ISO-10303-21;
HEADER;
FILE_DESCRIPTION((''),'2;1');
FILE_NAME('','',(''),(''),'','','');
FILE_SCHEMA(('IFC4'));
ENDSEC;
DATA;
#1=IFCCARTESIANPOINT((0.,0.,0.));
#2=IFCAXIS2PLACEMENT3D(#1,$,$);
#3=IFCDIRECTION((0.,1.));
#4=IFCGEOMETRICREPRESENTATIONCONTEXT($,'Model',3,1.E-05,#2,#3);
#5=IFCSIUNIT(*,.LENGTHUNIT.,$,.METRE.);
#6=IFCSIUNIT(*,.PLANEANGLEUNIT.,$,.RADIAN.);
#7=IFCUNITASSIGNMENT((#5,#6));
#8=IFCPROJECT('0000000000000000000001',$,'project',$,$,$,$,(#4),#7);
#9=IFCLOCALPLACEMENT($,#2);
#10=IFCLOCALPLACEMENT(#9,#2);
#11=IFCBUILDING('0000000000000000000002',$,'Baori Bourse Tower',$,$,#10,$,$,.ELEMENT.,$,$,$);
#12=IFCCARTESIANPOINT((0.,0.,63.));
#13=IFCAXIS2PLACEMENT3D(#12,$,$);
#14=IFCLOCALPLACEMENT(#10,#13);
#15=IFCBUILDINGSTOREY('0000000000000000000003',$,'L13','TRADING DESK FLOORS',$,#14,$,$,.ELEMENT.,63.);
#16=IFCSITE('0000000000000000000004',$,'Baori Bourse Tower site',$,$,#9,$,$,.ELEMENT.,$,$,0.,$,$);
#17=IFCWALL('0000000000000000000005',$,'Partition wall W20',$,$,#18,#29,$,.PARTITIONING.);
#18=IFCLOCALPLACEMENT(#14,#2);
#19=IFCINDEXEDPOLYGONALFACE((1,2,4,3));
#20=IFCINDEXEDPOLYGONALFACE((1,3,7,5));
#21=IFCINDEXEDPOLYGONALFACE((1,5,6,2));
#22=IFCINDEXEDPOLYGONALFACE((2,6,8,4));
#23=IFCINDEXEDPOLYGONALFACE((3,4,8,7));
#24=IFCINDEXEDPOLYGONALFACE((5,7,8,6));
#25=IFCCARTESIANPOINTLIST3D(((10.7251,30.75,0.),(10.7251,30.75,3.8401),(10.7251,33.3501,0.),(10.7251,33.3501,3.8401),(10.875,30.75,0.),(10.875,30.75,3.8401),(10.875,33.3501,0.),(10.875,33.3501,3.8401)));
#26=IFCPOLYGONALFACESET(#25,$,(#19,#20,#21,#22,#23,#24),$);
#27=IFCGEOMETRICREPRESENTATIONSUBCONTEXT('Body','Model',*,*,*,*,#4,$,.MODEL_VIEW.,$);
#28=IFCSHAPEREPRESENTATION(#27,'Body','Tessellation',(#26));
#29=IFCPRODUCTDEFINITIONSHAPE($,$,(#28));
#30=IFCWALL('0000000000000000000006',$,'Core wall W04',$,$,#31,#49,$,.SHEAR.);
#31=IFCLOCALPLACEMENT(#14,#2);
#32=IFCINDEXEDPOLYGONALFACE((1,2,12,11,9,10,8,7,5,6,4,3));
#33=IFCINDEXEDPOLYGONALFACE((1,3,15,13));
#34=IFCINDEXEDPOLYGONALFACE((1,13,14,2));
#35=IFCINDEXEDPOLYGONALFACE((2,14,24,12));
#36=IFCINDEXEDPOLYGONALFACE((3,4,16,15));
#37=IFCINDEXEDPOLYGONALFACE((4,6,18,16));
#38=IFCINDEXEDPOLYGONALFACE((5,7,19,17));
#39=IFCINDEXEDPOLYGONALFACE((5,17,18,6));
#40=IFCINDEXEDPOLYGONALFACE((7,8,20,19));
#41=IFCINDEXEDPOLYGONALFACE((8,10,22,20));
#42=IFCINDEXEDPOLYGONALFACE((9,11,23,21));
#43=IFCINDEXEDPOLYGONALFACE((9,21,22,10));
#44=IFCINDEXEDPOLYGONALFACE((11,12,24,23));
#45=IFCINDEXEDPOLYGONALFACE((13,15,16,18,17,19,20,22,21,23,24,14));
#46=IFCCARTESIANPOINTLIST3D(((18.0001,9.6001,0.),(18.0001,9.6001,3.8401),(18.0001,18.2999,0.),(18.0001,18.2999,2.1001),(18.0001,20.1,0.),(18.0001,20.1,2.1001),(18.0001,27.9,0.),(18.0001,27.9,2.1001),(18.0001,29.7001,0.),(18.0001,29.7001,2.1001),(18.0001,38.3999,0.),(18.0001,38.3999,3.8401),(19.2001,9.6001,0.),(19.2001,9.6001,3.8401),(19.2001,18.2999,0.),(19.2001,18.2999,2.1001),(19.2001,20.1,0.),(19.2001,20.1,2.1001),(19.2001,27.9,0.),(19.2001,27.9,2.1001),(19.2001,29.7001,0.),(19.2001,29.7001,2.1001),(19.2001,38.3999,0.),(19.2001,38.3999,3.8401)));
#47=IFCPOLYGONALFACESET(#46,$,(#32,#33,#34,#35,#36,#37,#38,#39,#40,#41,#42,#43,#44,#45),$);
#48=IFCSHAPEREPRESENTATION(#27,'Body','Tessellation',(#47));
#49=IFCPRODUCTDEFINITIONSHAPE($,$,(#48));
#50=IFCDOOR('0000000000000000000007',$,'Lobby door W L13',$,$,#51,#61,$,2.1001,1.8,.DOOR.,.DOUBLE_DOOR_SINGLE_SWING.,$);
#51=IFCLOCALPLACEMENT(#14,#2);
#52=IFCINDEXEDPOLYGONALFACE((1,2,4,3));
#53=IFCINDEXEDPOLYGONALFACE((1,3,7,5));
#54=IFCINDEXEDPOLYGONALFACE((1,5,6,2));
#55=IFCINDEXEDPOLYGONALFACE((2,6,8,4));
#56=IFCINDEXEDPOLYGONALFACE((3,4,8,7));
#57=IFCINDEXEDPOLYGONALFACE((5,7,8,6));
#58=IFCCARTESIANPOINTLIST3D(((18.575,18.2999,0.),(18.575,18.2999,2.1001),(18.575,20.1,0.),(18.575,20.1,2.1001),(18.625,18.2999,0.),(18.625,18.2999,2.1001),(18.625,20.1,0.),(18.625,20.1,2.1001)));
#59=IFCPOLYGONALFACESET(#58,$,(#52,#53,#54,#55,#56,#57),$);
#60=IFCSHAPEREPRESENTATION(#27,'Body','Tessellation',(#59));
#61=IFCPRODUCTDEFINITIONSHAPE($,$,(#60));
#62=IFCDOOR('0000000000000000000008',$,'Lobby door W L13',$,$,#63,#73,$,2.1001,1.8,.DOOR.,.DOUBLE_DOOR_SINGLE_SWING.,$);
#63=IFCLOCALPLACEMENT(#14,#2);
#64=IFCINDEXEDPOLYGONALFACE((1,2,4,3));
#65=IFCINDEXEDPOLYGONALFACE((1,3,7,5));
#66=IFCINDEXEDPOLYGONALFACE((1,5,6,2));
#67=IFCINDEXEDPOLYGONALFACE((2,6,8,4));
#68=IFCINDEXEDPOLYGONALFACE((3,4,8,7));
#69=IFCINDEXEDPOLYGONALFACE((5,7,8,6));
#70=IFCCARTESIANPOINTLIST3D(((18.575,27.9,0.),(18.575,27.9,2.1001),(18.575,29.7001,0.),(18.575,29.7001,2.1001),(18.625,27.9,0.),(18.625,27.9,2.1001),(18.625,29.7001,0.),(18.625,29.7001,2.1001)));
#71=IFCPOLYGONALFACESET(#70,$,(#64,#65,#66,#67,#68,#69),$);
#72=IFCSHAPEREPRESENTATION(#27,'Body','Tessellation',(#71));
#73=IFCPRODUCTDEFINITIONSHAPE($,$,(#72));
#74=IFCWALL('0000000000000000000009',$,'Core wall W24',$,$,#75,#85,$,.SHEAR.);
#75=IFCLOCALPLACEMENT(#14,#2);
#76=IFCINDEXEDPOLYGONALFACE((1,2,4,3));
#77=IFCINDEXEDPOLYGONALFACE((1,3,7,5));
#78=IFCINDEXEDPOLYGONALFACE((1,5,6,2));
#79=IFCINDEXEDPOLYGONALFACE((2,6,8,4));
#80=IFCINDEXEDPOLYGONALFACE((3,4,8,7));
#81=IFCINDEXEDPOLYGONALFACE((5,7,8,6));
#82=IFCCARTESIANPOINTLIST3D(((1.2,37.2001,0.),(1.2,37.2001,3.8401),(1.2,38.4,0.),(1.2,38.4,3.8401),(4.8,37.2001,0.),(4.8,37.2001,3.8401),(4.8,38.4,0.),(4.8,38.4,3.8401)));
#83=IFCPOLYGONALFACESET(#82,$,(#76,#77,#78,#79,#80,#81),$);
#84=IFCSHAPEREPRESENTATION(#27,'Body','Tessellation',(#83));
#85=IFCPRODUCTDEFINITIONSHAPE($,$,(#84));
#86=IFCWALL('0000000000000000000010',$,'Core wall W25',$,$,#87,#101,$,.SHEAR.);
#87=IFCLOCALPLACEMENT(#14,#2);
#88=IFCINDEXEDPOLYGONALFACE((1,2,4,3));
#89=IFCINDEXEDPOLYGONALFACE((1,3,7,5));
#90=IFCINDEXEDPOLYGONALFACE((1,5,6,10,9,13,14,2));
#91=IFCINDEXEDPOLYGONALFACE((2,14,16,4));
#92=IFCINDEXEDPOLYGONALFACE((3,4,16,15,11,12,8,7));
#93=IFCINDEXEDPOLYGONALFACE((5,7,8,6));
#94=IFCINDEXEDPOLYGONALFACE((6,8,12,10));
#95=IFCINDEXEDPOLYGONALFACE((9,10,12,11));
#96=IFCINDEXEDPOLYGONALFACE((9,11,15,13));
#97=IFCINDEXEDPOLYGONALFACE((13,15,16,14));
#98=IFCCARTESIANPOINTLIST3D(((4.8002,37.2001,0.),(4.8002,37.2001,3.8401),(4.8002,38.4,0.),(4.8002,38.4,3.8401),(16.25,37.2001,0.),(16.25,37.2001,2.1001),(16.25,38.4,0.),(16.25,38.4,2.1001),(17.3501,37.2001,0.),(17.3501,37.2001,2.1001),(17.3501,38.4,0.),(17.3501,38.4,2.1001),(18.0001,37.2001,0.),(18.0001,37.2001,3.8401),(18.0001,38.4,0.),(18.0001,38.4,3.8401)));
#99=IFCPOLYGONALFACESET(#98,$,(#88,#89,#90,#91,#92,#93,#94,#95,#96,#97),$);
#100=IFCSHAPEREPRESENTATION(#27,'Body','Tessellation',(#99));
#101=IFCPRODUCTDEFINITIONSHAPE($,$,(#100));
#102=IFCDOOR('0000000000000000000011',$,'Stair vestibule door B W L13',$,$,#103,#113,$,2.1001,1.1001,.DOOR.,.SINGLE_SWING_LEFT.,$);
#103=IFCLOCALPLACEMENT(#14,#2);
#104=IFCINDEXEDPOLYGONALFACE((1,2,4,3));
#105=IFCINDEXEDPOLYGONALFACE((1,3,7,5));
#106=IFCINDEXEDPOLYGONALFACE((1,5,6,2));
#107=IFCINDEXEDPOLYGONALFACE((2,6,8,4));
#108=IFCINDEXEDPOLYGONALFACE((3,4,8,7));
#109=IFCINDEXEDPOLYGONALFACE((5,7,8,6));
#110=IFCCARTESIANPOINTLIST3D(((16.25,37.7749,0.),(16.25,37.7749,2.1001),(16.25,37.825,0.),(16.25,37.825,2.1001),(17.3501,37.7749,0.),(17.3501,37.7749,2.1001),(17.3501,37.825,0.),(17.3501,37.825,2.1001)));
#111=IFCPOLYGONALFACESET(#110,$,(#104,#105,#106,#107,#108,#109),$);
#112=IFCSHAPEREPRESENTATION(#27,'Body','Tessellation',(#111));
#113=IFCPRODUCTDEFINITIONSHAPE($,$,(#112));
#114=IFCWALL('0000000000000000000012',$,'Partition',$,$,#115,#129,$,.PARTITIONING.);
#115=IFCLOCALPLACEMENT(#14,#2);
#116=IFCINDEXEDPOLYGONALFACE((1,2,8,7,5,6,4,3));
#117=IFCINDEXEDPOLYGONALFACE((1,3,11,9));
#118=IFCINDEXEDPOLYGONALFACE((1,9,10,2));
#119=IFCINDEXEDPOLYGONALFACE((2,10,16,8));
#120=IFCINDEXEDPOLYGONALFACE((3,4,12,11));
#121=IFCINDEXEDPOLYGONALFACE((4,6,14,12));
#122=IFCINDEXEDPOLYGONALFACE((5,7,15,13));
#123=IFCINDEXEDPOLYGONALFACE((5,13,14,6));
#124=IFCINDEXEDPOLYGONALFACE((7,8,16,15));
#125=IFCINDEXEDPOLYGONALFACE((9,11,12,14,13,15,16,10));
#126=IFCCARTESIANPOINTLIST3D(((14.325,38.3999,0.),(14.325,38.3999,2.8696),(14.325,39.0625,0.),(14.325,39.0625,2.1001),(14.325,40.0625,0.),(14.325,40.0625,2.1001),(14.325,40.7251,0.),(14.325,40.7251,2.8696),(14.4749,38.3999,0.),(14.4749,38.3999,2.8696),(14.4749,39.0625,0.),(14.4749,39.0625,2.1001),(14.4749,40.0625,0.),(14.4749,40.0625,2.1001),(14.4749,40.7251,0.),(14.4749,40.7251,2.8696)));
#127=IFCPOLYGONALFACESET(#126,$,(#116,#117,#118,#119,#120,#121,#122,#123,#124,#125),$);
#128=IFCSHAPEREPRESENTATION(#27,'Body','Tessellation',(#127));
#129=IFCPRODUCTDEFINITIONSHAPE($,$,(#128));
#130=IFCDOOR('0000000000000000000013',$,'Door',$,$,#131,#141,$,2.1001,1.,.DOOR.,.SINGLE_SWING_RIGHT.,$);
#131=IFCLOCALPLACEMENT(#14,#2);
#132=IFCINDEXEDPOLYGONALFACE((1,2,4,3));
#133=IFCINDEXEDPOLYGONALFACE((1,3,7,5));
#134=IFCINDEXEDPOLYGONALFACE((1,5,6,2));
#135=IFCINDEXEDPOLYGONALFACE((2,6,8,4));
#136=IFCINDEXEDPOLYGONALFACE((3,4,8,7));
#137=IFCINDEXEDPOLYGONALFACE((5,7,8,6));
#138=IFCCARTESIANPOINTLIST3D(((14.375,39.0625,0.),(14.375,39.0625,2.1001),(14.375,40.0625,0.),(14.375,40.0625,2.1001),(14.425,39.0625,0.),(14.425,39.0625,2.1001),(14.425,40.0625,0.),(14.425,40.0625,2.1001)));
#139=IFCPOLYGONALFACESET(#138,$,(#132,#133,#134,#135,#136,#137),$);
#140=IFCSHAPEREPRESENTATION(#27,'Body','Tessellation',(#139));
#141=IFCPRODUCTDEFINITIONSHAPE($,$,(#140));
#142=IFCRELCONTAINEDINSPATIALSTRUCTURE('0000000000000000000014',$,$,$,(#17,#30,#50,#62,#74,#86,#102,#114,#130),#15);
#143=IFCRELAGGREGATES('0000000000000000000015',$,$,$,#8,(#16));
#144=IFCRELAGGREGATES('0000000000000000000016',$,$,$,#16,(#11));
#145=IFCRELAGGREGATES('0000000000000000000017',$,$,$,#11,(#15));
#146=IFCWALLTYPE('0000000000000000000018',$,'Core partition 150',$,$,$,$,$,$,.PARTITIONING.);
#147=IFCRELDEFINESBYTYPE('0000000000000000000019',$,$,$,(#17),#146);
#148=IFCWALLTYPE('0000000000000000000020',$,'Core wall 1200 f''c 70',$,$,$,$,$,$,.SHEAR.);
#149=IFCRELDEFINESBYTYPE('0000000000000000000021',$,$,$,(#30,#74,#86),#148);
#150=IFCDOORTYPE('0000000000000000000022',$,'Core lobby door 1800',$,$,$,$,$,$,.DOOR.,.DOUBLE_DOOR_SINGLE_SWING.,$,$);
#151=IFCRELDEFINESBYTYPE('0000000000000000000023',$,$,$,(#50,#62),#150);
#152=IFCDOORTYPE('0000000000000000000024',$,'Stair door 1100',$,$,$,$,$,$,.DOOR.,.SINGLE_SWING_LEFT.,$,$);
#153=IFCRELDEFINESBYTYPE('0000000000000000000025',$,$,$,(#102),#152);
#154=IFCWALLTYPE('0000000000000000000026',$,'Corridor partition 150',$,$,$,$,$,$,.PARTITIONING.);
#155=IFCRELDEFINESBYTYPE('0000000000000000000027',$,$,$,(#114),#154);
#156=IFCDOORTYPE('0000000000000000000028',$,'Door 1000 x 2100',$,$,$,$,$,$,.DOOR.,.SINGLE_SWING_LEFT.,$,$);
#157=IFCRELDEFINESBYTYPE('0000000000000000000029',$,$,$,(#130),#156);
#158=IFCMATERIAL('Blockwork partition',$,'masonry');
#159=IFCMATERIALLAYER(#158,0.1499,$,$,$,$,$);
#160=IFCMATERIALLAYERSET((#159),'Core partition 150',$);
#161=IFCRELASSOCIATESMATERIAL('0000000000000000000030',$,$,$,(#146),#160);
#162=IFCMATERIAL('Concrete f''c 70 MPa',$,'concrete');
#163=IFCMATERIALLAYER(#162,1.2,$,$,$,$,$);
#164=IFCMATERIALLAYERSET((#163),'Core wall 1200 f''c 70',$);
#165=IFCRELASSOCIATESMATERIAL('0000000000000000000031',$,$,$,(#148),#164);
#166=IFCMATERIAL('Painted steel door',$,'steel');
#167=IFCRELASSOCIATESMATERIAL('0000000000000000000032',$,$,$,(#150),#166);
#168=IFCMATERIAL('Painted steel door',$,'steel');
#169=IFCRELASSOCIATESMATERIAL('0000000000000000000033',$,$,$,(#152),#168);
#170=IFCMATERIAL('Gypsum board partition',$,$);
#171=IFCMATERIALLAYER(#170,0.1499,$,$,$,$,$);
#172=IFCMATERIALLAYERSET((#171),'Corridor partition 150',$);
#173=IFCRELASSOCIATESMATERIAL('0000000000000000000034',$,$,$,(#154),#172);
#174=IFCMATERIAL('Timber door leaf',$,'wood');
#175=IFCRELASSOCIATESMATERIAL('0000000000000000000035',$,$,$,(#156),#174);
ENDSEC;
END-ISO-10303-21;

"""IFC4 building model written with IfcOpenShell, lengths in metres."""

from ifc_helpers import new_model, si_unit, direction, frame, frame_2d, origin, place, context, subcontext, project, spatial, rectangle, extrude, material, layer, layer_set, type_object, element, fill, save


model = new_model("IFC4")

# Units and contexts
model_context = context("Model", 3, precision=1e-05, world=origin(), true_north=direction((0.0, 1.0)))
body_context = subcontext(model_context, "Body", "Model", "MODEL_VIEW")
ifc_project = project(units=[si_unit("LENGTHUNIT", "METRE"), si_unit("PLANEANGLEUNIT", "RADIAN")], contexts=[model_context])

# Site, building, storey
site_placement = place(None, origin())
site = spatial("IfcSite", under=ifc_project, at=site_placement, Name="Baori Bourse Tower site", CompositionType="ELEMENT", RefElevation=0.0)
building_placement = place(site_placement, origin())
building = spatial("IfcBuilding", under=site, at=building_placement, Name="Baori Bourse Tower", CompositionType="ELEMENT")
storey_placement = place(building_placement, frame((0.0, 0.0, 63.0)))
storey = spatial("IfcBuildingStorey", under=building, at=storey_placement, Name="L13", Description="TRADING DESK FLOORS", CompositionType="ELEMENT", Elevation=63.0)

# Wall
ifc_material_1 = material(Name="Blockwork partition", Category="masonry")
ifc_layer_1 = layer(ifc_material_1, 0.1499)
ifc_layer_set_1 = layer_set([ifc_layer_1], Name="Core partition 150")
wall_type_1 = type_object("IfcWallType", Name="Core partition 150", PredefinedType="PARTITIONING", material=ifc_layer_set_1)
for number, where, z_axis, x_axis, name in (
    (1, (10.8, 30.75, 0.0), (0.0, 0.0, 1.0), (0.0, 1.0, 0.0), "Partition wall W20"),
):
    element("IfcWall", number, at=place(storey_placement, frame(where, z_axis=z_axis, x_axis=x_axis)), inside=storey, type_object=wall_type_1, Name=name, PredefinedType="PARTITIONING", context=body_context, shape_type="SweptSolid", body=[
        extrude(rectangle(XDim=2.6001, YDim=0.1499, at=frame_2d((1.3, 0.0))), origin(), (0.0, 0.0, 1.0), 3.8401),
    ])

# Wall, openings, doors
ifc_material_2 = material(Name="Concrete f'c 70 MPa", Category="concrete")
ifc_layer_2 = layer(ifc_material_2, 1.2)
ifc_layer_set_2 = layer_set([ifc_layer_2], Name="Core wall 1200 f'c 70")
wall_type_2 = type_object("IfcWallType", Name="Core wall 1200 f'c 70", PredefinedType="SHEAR", material=ifc_layer_set_2)
wall_1_placement = place(storey_placement, frame((18.6001, 38.3999, 0.0), z_axis=(0.0, 0.0, 1.0), x_axis=(0.0, -1.0, 0.0)))
wall_1 = element("IfcWall", 2, at=wall_1_placement, inside=storey, type_object=wall_type_2, Name="Core wall W04", PredefinedType="SHEAR", context=body_context, shape_type="SweptSolid", body=[
    extrude(rectangle(XDim=28.7998, YDim=1.2, at=frame_2d((14.3999, 0.0))), origin(), (0.0, 0.0, 1.0), 3.8401),
])
opening_1_placement = place(wall_1_placement, frame((18.3, 0.0, 0.0)))
opening_1 = element("IfcOpeningElement", 3, at=opening_1_placement, cuts=wall_1, PredefinedType="OPENING", context=body_context, shape_type="SweptSolid", body=[
    extrude(rectangle(XDim=1.8, YDim=2.1001, at=frame_2d((0.8999, 1.05))), frame((0.0, 0.6099, 0.0), z_axis=(0.0, -1.0, 0.0), x_axis=(1.0, 0.0, 0.0)), (0.0, 0.0, 1.0), 1.22),
])
opening_2_placement = place(wall_1_placement, frame((8.7, 0.0, 0.0)))
opening_2 = element("IfcOpeningElement", 4, at=opening_2_placement, cuts=wall_1, PredefinedType="OPENING", context=body_context, shape_type="SweptSolid", body=[
    extrude(rectangle(XDim=1.8, YDim=2.1001, at=frame_2d((0.8999, 1.05))), frame((0.0, 0.6099, 0.0), z_axis=(0.0, -1.0, 0.0), x_axis=(1.0, 0.0, 0.0)), (0.0, 0.0, 1.0), 1.22),
])
ifc_material_3 = material(Name="Painted steel door", Category="steel")
door_type_1 = type_object("IfcDoorType", Name="Core lobby door 1800", OperationType="DOUBLE_DOOR_SINGLE_SWING", PredefinedType="DOOR", material=ifc_material_3)
door_1_placement = place(opening_1_placement, origin())
door_1 = element("IfcDoor", 5, at=door_1_placement, inside=storey, type_object=door_type_1, Name="Lobby door W L13", OperationType="DOUBLE_DOOR_SINGLE_SWING", OverallHeight=2.1001, OverallWidth=1.8, PredefinedType="DOOR", context=body_context, shape_type="SweptSolid", body=[
    extrude(rectangle(XDim=1.8, YDim=2.1001, at=frame_2d((0.8999, 1.05))), frame((0.0, 0.0249, 0.0), z_axis=(0.0, -1.0, 0.0), x_axis=(1.0, 0.0, 0.0)), (0.0, 0.0, 1.0), 0.05),
])
fill(opening_1, door_1)
door_2_placement = place(opening_2_placement, origin())
door_2 = element("IfcDoor", 6, at=door_2_placement, inside=storey, type_object=door_type_1, Name="Lobby door W L13", OperationType="DOUBLE_DOOR_SINGLE_SWING", OverallHeight=2.1001, OverallWidth=1.8, PredefinedType="DOOR", context=body_context, shape_type="SweptSolid", body=[
    extrude(rectangle(XDim=1.8, YDim=2.1001, at=frame_2d((0.8999, 1.05))), frame((0.0, 0.0249, 0.0), z_axis=(0.0, -1.0, 0.0), x_axis=(1.0, 0.0, 0.0)), (0.0, 0.0, 1.0), 0.05),
])
fill(opening_2, door_2)

# Wall
wall_2_placement = place(storey_placement, frame((1.2, 37.8, 0.0), z_axis=(0.0, 0.0, 1.0), x_axis=(1.0, 0.0, 0.0)))
element("IfcWall", 7, at=wall_2_placement, inside=storey, type_object=wall_type_2, Name="Core wall W24", PredefinedType="SHEAR", context=body_context, shape_type="SweptSolid", body=[
    extrude(rectangle(XDim=3.6001, YDim=1.2, at=frame_2d((1.8, 0.0))), origin(), (0.0, 0.0, 1.0), 3.8401),
])

# Walls, openings, doors
wall_3_placement = place(storey_placement, frame((4.8, 37.8, 0.0), z_axis=(0.0, 0.0, 1.0), x_axis=(1.0, 0.0, 0.0)))
wall_3 = element("IfcWall", 8, at=wall_3_placement, inside=storey, type_object=wall_type_2, Name="Core wall W25", PredefinedType="SHEAR", context=body_context, shape_type="SweptSolid", body=[
    extrude(rectangle(XDim=13.2, YDim=1.2, at=frame_2d((6.6001, 0.0))), origin(), (0.0, 0.0, 1.0), 3.8401),
])
opening_3_placement = place(wall_3_placement, frame((11.45, 0.0, 0.0)))
opening_3 = element("IfcOpeningElement", 9, at=opening_3_placement, cuts=wall_3, PredefinedType="OPENING", context=body_context, shape_type="SweptSolid", body=[
    extrude(rectangle(XDim=1.1001, YDim=2.1001, at=frame_2d((0.55, 1.05))), frame((0.0, 0.6099, 0.0), z_axis=(0.0, -1.0, 0.0), x_axis=(1.0, 0.0, 0.0)), (0.0, 0.0, 1.0), 1.22),
])
ifc_material_4 = material(Name="Painted steel door", Category="steel")
door_type_2 = type_object("IfcDoorType", Name="Stair door 1100", OperationType="SINGLE_SWING_LEFT", PredefinedType="DOOR", material=ifc_material_4)
door_3_placement = place(opening_3_placement, origin())
door_3 = element("IfcDoor", 10, at=door_3_placement, inside=storey, type_object=door_type_2, Name="Stair vestibule door B W L13", OperationType="SINGLE_SWING_LEFT", OverallHeight=2.1001, OverallWidth=1.1001, PredefinedType="DOOR", context=body_context, shape_type="SweptSolid", body=[
    extrude(rectangle(XDim=1.1001, YDim=2.1001, at=frame_2d((0.55, 1.05))), frame((0.0, 0.0249, 0.0), z_axis=(0.0, -1.0, 0.0), x_axis=(1.0, 0.0, 0.0)), (0.0, 0.0, 1.0), 0.05),
])
fill(opening_3, door_3)
ifc_material_5 = material(Name="Gypsum board partition")
ifc_layer_3 = layer(ifc_material_5, 0.1499)
ifc_layer_set_3 = layer_set([ifc_layer_3], Name="Corridor partition 150")
wall_type_3 = type_object("IfcWallType", Name="Corridor partition 150", PredefinedType="PARTITIONING", material=ifc_layer_set_3)
wall_4_placement = place(storey_placement, frame((14.3999, 38.3999, 0.0), z_axis=(0.0, 0.0, 1.0), x_axis=(0.0, 1.0, 0.0)))
wall_4 = element("IfcWall", 11, at=wall_4_placement, inside=storey, type_object=wall_type_3, Name="Partition", PredefinedType="PARTITIONING", context=body_context, shape_type="SweptSolid", body=[
    extrude(rectangle(XDim=2.3252, YDim=0.1499, at=frame_2d((1.1626, 0.0))), origin(), (0.0, 0.0, 1.0), 2.8696),
])
opening_4_placement = place(wall_4_placement, frame((0.6626, 0.0, 0.0)))
opening_4 = element("IfcOpeningElement", 12, at=opening_4_placement, cuts=wall_4, PredefinedType="OPENING", context=body_context, shape_type="SweptSolid", body=[
    extrude(rectangle(XDim=1.0, YDim=2.1001, at=frame_2d((0.5, 1.05))), frame((0.0, 0.085, 0.0), z_axis=(0.0, -1.0, 0.0), x_axis=(1.0, 0.0, 0.0)), (0.0, 0.0, 1.0), 0.1699),
])
ifc_material_6 = material(Name="Timber door leaf", Category="wood")
door_type_3 = type_object("IfcDoorType", Name="Door 1000 x 2100", OperationType="SINGLE_SWING_LEFT", PredefinedType="DOOR", material=ifc_material_6)
door_4_placement = place(opening_4_placement, origin())
door_4 = element("IfcDoor", 13, at=door_4_placement, inside=storey, type_object=door_type_3, Name="Door", OperationType="SINGLE_SWING_RIGHT", OverallHeight=2.1001, OverallWidth=1.0, PredefinedType="DOOR", context=body_context, shape_type="SweptSolid", body=[
    extrude(rectangle(XDim=1.0, YDim=2.1001, at=frame_2d((0.5, 1.05))), frame((0.0, 0.0249, 0.0), z_axis=(0.0, -1.0, 0.0), x_axis=(1.0, 0.0, 0.0)), (0.0, 0.0, 1.0), 0.05),
])
fill(opening_4, door_4)

save(model, "model.ifc")
